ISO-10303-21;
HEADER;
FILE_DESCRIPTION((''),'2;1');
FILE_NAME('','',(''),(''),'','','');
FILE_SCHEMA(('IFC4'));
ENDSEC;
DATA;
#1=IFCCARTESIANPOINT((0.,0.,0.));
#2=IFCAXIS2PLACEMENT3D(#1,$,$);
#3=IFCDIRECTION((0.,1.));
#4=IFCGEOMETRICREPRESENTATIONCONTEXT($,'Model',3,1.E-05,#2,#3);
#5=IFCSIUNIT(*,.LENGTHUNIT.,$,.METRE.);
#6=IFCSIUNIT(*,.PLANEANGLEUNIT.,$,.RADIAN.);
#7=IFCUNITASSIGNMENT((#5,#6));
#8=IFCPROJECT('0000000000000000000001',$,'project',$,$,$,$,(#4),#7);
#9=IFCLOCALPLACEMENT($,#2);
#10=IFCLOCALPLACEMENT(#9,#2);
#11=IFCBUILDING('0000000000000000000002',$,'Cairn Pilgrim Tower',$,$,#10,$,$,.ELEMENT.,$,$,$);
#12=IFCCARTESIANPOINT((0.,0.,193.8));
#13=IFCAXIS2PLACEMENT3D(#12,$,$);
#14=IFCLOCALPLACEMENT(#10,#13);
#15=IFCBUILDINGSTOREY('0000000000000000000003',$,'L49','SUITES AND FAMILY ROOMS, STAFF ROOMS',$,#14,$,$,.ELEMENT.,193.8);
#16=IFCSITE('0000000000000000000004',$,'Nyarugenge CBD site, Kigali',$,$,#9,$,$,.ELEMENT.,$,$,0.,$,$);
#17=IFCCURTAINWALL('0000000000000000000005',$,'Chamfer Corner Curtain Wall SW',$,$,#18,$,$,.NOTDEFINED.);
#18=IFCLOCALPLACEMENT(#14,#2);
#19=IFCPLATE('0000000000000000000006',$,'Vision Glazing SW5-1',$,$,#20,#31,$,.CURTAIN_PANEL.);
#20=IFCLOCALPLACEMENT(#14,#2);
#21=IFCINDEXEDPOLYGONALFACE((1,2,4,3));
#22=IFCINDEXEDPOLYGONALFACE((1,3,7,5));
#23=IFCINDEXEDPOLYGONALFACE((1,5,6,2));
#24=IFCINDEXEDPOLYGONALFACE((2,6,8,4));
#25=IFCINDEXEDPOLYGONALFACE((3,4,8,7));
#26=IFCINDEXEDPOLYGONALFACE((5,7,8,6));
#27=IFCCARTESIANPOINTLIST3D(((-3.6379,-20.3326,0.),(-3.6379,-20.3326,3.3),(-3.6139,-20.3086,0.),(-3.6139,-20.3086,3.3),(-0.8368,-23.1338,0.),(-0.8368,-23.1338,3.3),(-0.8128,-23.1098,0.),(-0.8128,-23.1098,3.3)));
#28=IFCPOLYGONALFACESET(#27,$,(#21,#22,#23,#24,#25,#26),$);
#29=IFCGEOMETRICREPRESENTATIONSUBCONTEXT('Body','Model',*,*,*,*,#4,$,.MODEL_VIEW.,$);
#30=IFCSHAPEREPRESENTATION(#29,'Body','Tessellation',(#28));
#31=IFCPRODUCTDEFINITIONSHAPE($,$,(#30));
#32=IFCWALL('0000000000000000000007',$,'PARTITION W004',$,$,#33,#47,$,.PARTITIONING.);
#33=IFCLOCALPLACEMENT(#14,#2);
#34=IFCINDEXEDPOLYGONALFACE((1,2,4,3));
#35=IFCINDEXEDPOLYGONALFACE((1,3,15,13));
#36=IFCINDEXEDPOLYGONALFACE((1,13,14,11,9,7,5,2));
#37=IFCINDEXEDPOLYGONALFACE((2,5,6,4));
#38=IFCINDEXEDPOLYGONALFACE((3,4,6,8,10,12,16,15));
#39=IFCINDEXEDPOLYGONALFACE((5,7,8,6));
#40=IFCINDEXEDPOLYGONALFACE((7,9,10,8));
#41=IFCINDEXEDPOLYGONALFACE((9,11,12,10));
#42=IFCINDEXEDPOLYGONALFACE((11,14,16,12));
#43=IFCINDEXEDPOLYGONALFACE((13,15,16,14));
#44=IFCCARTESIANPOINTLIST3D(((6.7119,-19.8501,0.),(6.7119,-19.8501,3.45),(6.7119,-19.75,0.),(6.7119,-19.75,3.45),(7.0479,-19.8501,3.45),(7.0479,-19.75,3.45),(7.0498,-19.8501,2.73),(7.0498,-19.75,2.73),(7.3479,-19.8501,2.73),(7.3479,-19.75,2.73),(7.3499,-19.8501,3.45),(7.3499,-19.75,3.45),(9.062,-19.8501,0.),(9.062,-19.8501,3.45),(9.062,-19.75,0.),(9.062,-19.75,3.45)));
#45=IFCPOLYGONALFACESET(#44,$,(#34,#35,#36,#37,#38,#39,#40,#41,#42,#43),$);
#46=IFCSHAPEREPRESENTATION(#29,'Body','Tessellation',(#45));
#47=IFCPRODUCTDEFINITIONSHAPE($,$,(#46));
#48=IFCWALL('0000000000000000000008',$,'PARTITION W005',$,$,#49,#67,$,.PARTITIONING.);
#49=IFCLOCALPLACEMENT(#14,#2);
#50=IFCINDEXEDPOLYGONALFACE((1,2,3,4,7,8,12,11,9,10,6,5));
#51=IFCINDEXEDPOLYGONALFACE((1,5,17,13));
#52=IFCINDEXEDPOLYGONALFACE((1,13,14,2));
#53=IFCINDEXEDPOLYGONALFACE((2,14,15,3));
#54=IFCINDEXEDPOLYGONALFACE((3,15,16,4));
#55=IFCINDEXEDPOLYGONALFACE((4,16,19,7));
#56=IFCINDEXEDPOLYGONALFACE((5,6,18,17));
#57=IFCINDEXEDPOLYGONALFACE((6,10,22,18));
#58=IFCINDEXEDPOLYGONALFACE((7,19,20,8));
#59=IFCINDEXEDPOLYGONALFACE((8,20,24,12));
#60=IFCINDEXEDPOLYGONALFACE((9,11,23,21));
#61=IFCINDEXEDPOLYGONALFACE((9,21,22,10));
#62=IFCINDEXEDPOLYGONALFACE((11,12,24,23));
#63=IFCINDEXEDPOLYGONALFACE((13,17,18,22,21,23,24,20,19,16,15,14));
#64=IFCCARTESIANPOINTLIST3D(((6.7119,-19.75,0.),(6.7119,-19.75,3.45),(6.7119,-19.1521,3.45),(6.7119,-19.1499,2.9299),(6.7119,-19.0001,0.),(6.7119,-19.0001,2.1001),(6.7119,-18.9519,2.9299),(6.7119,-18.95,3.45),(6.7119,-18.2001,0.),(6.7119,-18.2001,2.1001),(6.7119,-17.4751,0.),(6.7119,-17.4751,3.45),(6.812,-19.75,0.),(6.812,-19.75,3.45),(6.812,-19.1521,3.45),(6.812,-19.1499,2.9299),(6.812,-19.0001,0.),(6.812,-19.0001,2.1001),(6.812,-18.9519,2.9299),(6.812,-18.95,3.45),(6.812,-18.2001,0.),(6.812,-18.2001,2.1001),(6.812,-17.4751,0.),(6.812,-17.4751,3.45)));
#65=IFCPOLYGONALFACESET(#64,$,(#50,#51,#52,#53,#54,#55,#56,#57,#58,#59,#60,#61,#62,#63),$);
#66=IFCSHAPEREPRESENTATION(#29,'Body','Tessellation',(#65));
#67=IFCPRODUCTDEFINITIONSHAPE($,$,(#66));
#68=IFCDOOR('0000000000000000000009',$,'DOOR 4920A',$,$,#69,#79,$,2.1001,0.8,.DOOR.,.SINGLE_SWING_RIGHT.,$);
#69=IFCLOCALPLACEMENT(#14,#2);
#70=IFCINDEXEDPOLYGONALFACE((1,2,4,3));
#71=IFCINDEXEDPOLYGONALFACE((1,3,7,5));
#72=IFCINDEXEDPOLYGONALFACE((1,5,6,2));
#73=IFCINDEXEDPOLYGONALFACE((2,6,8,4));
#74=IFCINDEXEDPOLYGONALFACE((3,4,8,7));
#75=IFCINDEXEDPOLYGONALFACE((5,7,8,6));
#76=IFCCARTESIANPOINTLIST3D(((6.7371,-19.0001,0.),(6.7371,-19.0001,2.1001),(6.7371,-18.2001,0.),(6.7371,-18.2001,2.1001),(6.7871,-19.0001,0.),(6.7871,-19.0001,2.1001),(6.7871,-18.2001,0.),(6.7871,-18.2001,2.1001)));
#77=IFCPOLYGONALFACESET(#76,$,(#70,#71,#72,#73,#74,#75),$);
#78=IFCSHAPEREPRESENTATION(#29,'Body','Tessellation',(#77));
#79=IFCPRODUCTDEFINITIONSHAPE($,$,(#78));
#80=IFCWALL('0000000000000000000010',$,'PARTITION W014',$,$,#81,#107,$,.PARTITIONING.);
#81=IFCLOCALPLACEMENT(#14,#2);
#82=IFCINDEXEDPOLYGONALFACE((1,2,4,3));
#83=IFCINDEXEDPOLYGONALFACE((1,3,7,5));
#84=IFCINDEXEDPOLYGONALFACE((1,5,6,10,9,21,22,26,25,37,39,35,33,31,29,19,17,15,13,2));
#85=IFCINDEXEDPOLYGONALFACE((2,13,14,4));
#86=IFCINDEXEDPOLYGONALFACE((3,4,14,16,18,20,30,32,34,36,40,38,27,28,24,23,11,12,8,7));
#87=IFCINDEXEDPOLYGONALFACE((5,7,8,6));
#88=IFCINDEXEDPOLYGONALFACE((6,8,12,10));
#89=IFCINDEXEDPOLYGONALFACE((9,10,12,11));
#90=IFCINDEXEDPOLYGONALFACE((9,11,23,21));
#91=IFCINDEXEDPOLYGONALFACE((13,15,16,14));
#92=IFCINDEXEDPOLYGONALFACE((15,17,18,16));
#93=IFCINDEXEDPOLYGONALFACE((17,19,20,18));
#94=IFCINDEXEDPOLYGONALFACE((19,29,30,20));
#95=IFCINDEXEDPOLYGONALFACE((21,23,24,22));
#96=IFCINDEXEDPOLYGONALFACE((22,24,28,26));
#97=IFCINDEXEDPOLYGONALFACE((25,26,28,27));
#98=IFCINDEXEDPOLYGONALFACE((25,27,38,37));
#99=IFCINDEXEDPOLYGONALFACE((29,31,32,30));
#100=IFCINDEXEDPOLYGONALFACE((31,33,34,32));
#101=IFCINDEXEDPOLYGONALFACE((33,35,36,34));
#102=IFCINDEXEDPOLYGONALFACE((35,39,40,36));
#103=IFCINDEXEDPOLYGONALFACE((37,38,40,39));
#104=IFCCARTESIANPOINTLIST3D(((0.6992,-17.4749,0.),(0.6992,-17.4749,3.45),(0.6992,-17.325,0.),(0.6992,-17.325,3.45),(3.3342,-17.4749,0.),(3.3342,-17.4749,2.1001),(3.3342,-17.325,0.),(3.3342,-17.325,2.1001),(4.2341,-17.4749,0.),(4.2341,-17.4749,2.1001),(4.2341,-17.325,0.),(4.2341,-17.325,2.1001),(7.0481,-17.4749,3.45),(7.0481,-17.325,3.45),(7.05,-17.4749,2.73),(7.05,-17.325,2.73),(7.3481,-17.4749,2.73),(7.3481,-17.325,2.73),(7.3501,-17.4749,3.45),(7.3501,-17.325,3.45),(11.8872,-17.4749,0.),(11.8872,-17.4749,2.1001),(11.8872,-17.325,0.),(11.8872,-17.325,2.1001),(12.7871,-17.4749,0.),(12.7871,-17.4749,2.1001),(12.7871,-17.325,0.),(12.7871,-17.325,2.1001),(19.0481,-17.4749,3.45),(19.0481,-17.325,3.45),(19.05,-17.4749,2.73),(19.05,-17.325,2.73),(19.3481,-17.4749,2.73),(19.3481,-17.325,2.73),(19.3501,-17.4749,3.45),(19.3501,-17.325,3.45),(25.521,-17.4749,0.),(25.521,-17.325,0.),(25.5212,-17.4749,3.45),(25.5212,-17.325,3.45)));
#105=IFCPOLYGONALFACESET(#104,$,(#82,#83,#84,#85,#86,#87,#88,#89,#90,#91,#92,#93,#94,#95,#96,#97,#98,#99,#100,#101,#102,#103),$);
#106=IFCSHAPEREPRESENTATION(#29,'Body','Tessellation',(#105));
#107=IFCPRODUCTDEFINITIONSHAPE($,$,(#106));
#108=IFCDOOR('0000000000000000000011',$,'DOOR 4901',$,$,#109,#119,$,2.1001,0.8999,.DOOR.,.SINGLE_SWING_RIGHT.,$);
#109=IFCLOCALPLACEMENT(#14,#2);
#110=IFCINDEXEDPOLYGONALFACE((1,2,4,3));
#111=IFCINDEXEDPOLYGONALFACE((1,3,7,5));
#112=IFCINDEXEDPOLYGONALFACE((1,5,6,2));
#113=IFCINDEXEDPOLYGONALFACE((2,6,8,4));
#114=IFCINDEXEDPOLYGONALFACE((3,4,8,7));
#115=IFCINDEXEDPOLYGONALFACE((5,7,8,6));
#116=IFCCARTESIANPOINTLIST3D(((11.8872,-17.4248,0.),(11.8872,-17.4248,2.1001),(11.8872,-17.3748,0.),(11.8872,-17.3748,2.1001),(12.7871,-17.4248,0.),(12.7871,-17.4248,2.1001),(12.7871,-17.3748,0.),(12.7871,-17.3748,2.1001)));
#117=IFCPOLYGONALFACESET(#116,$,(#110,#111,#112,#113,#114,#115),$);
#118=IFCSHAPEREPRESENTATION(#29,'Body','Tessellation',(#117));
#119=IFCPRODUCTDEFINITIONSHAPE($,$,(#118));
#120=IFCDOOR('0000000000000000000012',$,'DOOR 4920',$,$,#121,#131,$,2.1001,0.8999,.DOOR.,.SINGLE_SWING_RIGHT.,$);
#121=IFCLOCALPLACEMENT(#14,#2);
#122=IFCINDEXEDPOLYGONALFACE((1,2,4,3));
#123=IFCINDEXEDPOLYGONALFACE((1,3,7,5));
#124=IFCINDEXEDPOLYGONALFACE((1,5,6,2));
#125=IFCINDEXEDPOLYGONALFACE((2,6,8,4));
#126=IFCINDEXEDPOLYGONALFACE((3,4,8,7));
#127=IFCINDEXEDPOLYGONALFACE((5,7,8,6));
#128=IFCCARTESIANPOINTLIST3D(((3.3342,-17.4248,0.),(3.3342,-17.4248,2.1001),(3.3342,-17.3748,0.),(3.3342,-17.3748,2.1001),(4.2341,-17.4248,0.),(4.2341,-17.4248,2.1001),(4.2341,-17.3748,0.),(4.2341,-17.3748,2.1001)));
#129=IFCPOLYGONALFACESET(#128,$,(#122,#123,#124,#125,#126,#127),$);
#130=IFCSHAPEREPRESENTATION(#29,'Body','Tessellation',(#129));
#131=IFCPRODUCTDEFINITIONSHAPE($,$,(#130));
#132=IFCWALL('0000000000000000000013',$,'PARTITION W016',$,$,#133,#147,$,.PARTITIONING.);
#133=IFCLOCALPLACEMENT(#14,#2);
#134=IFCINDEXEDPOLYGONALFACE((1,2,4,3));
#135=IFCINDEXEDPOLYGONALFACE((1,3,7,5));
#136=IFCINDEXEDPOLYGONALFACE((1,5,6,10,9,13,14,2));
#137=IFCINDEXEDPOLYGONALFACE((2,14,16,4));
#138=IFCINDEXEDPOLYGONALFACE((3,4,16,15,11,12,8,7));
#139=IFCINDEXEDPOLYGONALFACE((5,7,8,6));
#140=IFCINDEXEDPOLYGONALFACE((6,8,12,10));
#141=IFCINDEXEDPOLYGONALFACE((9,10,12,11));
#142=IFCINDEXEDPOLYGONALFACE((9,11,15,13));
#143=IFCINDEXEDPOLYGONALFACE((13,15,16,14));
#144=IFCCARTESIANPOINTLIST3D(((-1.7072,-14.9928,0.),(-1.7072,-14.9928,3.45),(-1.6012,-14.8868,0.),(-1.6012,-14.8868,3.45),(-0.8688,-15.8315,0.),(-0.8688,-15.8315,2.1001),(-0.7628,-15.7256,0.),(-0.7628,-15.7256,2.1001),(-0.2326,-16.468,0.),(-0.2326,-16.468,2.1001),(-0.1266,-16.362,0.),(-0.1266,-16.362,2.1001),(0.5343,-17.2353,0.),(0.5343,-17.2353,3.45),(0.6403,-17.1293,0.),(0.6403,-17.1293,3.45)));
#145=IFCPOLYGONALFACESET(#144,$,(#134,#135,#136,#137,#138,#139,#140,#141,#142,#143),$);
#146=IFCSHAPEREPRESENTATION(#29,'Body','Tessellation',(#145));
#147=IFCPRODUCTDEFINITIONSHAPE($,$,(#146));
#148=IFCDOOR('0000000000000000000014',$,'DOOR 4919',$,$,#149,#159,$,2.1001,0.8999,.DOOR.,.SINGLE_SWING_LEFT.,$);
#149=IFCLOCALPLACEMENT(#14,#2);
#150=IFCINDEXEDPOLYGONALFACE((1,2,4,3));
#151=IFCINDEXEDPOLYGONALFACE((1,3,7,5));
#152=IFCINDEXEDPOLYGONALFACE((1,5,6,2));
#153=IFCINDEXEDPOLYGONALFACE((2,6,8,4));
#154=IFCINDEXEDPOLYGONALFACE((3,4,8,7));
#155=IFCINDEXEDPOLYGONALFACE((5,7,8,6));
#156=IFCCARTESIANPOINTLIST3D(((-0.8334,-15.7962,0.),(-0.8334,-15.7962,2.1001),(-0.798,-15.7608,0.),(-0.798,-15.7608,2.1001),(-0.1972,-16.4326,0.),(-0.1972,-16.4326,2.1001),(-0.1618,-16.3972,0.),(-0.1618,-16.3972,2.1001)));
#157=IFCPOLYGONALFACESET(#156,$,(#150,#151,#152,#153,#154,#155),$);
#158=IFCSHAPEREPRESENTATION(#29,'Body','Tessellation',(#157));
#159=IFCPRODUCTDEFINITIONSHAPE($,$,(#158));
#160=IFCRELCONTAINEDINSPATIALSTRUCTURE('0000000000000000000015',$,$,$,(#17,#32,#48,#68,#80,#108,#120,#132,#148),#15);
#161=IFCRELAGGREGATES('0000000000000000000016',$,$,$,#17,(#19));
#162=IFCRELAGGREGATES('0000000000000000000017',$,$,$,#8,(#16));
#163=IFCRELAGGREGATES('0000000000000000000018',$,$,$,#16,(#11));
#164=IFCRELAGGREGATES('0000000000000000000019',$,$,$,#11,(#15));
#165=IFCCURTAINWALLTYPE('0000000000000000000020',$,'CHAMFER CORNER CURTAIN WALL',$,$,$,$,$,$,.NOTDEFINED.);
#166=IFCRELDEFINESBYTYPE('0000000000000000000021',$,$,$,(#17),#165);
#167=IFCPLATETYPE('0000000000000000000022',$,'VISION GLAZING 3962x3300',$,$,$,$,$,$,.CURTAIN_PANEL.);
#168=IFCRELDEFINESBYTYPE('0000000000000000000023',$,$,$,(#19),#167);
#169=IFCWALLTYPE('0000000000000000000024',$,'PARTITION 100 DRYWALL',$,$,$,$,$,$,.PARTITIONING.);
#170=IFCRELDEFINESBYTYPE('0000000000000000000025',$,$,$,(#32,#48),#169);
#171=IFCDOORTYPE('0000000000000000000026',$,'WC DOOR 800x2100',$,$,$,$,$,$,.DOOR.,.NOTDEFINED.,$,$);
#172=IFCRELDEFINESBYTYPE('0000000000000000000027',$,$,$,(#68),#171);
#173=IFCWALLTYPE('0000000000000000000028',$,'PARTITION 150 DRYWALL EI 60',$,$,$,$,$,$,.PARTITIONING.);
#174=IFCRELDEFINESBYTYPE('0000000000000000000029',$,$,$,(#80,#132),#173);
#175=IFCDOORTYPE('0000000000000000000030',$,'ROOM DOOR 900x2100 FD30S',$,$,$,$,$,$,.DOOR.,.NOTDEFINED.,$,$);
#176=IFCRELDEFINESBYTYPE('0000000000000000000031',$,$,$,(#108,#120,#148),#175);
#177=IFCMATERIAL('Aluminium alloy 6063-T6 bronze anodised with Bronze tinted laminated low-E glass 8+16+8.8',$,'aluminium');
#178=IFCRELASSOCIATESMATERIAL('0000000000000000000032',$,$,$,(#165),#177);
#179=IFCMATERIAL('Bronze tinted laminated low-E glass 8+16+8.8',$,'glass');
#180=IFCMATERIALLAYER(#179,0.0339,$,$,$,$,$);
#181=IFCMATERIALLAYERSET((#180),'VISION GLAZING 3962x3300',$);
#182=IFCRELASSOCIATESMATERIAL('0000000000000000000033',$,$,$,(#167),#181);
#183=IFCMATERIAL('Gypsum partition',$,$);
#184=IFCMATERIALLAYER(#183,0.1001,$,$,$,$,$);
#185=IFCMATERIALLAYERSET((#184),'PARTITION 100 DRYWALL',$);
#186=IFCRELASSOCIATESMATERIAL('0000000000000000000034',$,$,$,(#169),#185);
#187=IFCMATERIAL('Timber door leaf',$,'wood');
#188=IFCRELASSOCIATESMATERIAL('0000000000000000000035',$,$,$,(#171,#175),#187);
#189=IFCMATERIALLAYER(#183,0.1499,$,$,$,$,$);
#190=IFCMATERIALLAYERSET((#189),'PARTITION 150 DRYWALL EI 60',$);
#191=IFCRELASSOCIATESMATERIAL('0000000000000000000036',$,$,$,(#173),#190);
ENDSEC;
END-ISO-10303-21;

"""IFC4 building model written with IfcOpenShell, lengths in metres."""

from ifc_helpers import new_model, si_unit, direction, frame, frame_2d, origin, origin_2d, place, context, subcontext, project, spatial, polyline, rectangle, outline, extrude, material, layer, layer_set, type_object, element, fill, aggregate, save


model = new_model("IFC4")

# Units and contexts
model_context = context("Model", 3, precision=1e-05, world=origin(), true_north=direction((0.0, 1.0)))
body_context = subcontext(model_context, "Body", "Model", "MODEL_VIEW")
ifc_project = project(units=[si_unit("LENGTHUNIT", "METRE"), si_unit("PLANEANGLEUNIT", "RADIAN")], contexts=[model_context])

# Site, building, storey
site_placement = place(None, origin())
site = spatial("IfcSite", under=ifc_project, at=site_placement, Name="Nyarugenge CBD site, Kigali", CompositionType="ELEMENT", RefElevation=0.0)
building_placement = place(site_placement, origin())
building = spatial("IfcBuilding", under=site, at=building_placement, Name="Cairn Pilgrim Tower", CompositionType="ELEMENT")
storey_placement = place(building_placement, frame((0.0, 0.0, 193.8)))
storey = spatial("IfcBuildingStorey", under=building, at=storey_placement, Name="L49", Description="SUITES AND FAMILY ROOMS, STAFF ROOMS", CompositionType="ELEMENT", Elevation=193.8)

# Curtain wall, plate
ifc_material_1 = material(Name="Aluminium alloy 6063-T6 bronze anodised with Bronze tinted laminated low-E glass 8+16+8.8", Category="aluminium")
curtain_wall_type = type_object("IfcCurtainWallType", Name="CHAMFER CORNER CURTAIN WALL", PredefinedType="NOTDEFINED", material=ifc_material_1)
curtain_wall_placement = place(storey_placement, origin())
curtain_wall = element("IfcCurtainWall", 1, at=curtain_wall_placement, inside=storey, type_object=curtain_wall_type, Name="Chamfer Corner Curtain Wall SW", PredefinedType="NOTDEFINED")
ifc_material_2 = material(Name="Bronze tinted laminated low-E glass 8+16+8.8", Category="glass")
ifc_layer_1 = layer(ifc_material_2, 0.0339)
ifc_layer_set_1 = layer_set([ifc_layer_1], Name="VISION GLAZING 3962x3300")
plate_type = type_object("IfcPlateType", Name="VISION GLAZING 3962x3300", PredefinedType="CURTAIN_PANEL", material=ifc_layer_set_1)
plate_placement = place(storey_placement, frame((-2.2253, -21.7212, 0.0), z_axis=(0.0, 0.0, 1.0), x_axis=(0.707107, -0.707107, 0.0)))
plate = element("IfcPlate", 2, at=plate_placement, type_object=plate_type, Name="Vision Glazing SW5-1", PredefinedType="CURTAIN_PANEL", context=body_context, shape_type="SweptSolid", body=[
    extrude(rectangle(XDim=3.9614, YDim=0.0339, at=origin_2d()), origin(), (0.0, 0.0, 1.0), 3.3),
])
aggregate(curtain_wall, [plate])

# Wall
ifc_material_3 = material(Name="Gypsum partition")
ifc_layer_2 = layer(ifc_material_3, 0.1001)
ifc_layer_set_2 = layer_set([ifc_layer_2], Name="PARTITION 100 DRYWALL")
wall_type_1 = type_object("IfcWallType", Name="PARTITION 100 DRYWALL", PredefinedType="PARTITIONING", material=ifc_layer_set_2)
wall_1_placement = place(storey_placement, frame((6.7119, -19.8, 0.0), z_axis=(0.0, 0.0, 1.0), x_axis=(1.0, 0.0, 0.0)))
element("IfcWall", 3, at=wall_1_placement, inside=storey, type_object=wall_type_1, Name="PARTITION W004", PredefinedType="PARTITIONING", context=body_context, shape_type="SweptSolid", body=[
    extrude(outline(polyline([(0.0, 0.0), (2.3501, 0.0), (2.3501, 3.45), (0.6379, 3.45), (0.636, 2.73), (0.3379, 2.73), (0.3359, 3.45), (0.0, 3.45), (0.0, 0.0)])), frame((0.0, 0.05, 0.0), z_axis=(0.0, -1.0, 0.0), x_axis=(1.0, 0.0, 0.0)), (0.0, 0.0, 1.0), 0.1001),
])

# Wall, opening, door
wall_2_placement = place(storey_placement, frame((6.762, -19.75, 0.0), z_axis=(0.0, 0.0, 1.0), x_axis=(0.0, 1.0, 0.0)))
wall_2 = element("IfcWall", 4, at=wall_2_placement, inside=storey, type_object=wall_type_1, Name="PARTITION W005", PredefinedType="PARTITIONING", context=body_context, shape_type="SweptSolid", body=[
    extrude(outline(polyline([(0.0, 0.0), (2.2749, 0.0), (2.2749, 3.45), (0.8, 3.45), (0.7981, 2.9299), (0.6001, 2.9299), (0.5979, 3.45), (0.0, 3.45), (0.0, 0.0)])), frame((0.0, 0.05, 0.0), z_axis=(0.0, -1.0, 0.0), x_axis=(1.0, 0.0, 0.0)), (0.0, 0.0, 1.0), 0.1001),
])
opening_1_placement = place(wall_2_placement, frame((0.75, 0.0, 0.0)))
opening_1 = element("IfcOpeningElement", 5, at=opening_1_placement, cuts=wall_2, PredefinedType="OPENING", context=body_context, shape_type="SweptSolid", body=[
    extrude(rectangle(XDim=0.8, YDim=2.1001, at=frame_2d((0.3999, 1.05))), frame((0.0, 0.0601, 0.0), z_axis=(0.0, -1.0, 0.0), x_axis=(1.0, 0.0, 0.0)), (0.0, 0.0, 1.0), 0.1201),
])
ifc_material_4 = material(Name="Timber door leaf", Category="wood")
door_type_1 = type_object("IfcDoorType", Name="WC DOOR 800x2100", OperationType="NOTDEFINED", PredefinedType="DOOR", material=ifc_material_4)
door_1_placement = place(opening_1_placement, origin())
door_1 = element("IfcDoor", 6, at=door_1_placement, inside=storey, type_object=door_type_1, Name="DOOR 4920A", OperationType="SINGLE_SWING_RIGHT", OverallHeight=2.1001, OverallWidth=0.8, PredefinedType="DOOR", context=body_context, shape_type="SweptSolid", body=[
    extrude(rectangle(XDim=0.8, YDim=2.1001, at=frame_2d((0.3999, 1.05))), frame((0.0, 0.0249, 0.0), z_axis=(0.0, -1.0, 0.0), x_axis=(1.0, 0.0, 0.0)), (0.0, 0.0, 1.0), 0.05),
])
fill(opening_1, door_1)

# Wall, openings, doors
ifc_layer_3 = layer(ifc_material_3, 0.1499)
ifc_layer_set_3 = layer_set([ifc_layer_3], Name="PARTITION 150 DRYWALL EI 60")
wall_type_2 = type_object("IfcWallType", Name="PARTITION 150 DRYWALL EI 60", PredefinedType="PARTITIONING", material=ifc_layer_set_3)
wall_3_placement = place(storey_placement, frame((0.6992, -17.3999, 0.0), z_axis=(0.0, 0.0, 1.0), x_axis=(1.0, 0.0, 0.0)))
wall_3 = element("IfcWall", 7, at=wall_3_placement, inside=storey, type_object=wall_type_2, Name="PARTITION W014", PredefinedType="PARTITIONING", context=body_context, shape_type="SweptSolid", body=[
    extrude(outline(polyline([(0.0, 0.0), (24.8218, 0.0), (24.822, 3.45), (18.6509, 3.45), (18.6489, 2.73), (18.3508, 2.73), (18.3489, 3.45), (6.6509, 3.45), (6.6489, 2.73), (6.3508, 2.73), (6.3489, 3.45), (0.0, 3.45), (0.0, 0.0)])), frame((0.0, 0.075, 0.0), z_axis=(0.0, -1.0, 0.0), x_axis=(1.0, 0.0, 0.0)), (0.0, 0.0, 1.0), 0.1499),
])
opening_2_placement = place(wall_3_placement, frame((11.188, 0.0, 0.0)))
opening_2 = element("IfcOpeningElement", 8, at=opening_2_placement, cuts=wall_3, PredefinedType="OPENING", context=body_context, shape_type="SweptSolid", body=[
    extrude(rectangle(XDim=0.8999, YDim=2.1001, at=frame_2d((0.45, 1.05))), frame((0.0, 0.085, 0.0), z_axis=(0.0, -1.0, 0.0), x_axis=(1.0, 0.0, 0.0)), (0.0, 0.0, 1.0), 0.1699),
])
opening_3_placement = place(wall_3_placement, frame((2.635, 0.0, 0.0)))
opening_3 = element("IfcOpeningElement", 9, at=opening_3_placement, cuts=wall_3, PredefinedType="OPENING", context=body_context, shape_type="SweptSolid", body=[
    extrude(rectangle(XDim=0.8999, YDim=2.1001, at=frame_2d((0.45, 1.05))), frame((0.0, 0.085, 0.0), z_axis=(0.0, -1.0, 0.0), x_axis=(1.0, 0.0, 0.0)), (0.0, 0.0, 1.0), 0.1699),
])
door_type_2 = type_object("IfcDoorType", Name="ROOM DOOR 900x2100 FD30S", OperationType="NOTDEFINED", PredefinedType="DOOR", material=ifc_material_4)
door_2_placement = place(opening_2_placement, frame((0.8999, 0.0, 0.0), z_axis=(0.0, 0.0, 1.0), x_axis=(-1.0, 0.0, 0.0)))
door_2 = element("IfcDoor", 10, at=door_2_placement, inside=storey, type_object=door_type_2, Name="DOOR 4901", OperationType="SINGLE_SWING_RIGHT", OverallHeight=2.1001, OverallWidth=0.8999, PredefinedType="DOOR", context=body_context, shape_type="SweptSolid", body=[
    extrude(rectangle(XDim=0.8999, YDim=2.1001, at=frame_2d((0.45, 1.05))), frame((0.0, 0.0249, 0.0), z_axis=(0.0, -1.0, 0.0), x_axis=(1.0, 0.0, 0.0)), (0.0, 0.0, 1.0), 0.05),
])
fill(opening_2, door_2)
door_3_placement = place(opening_3_placement, frame((0.8999, 0.0, 0.0), z_axis=(0.0, 0.0, 1.0), x_axis=(-1.0, 0.0, 0.0)))
door_3 = element("IfcDoor", 11, at=door_3_placement, inside=storey, type_object=door_type_2, Name="DOOR 4920", OperationType="SINGLE_SWING_RIGHT", OverallHeight=2.1001, OverallWidth=0.8999, PredefinedType="DOOR", context=body_context, shape_type="SweptSolid", body=[
    extrude(rectangle(XDim=0.8999, YDim=2.1001, at=frame_2d((0.45, 1.05))), frame((0.0, 0.0249, 0.0), z_axis=(0.0, -1.0, 0.0), x_axis=(1.0, 0.0, 0.0)), (0.0, 0.0, 1.0), 0.05),
])
fill(opening_3, door_3)

# Wall, opening, door
wall_4_placement = place(storey_placement, frame((0.5874, -17.1824, 0.0), z_axis=(0.0, 0.0, 1.0), x_axis=(-0.706953, 0.707261, 0.0)))
wall_4 = element("IfcWall", 12, at=wall_4_placement, inside=storey, type_object=wall_type_2, Name="PARTITION W016", PredefinedType="PARTITIONING", context=body_context, shape_type="SweptSolid", body=[
    extrude(rectangle(XDim=3.1707, YDim=0.1499, at=frame_2d((1.5854, 0.0))), origin(), (0.0, 0.0, 1.0), 3.45),
])
opening_4_placement = place(wall_4_placement, frame((1.085, 0.0, 0.0)))
opening_4 = element("IfcOpeningElement", 13, at=opening_4_placement, cuts=wall_4, PredefinedType="OPENING", context=body_context, shape_type="SweptSolid", body=[
    extrude(rectangle(XDim=0.8999, YDim=2.1001, at=frame_2d((0.45, 1.05))), frame((0.0, 0.085, 0.0), z_axis=(0.0, -1.0, 0.0), x_axis=(1.0, 0.0, 0.0)), (0.0, 0.0, 1.0), 0.1699),
])
door_4_placement = place(opening_4_placement, origin())
door_4 = element("IfcDoor", 14, at=door_4_placement, inside=storey, type_object=door_type_2, Name="DOOR 4919", OperationType="SINGLE_SWING_LEFT", OverallHeight=2.1001, OverallWidth=0.8999, PredefinedType="DOOR", context=body_context, shape_type="SweptSolid", body=[
    extrude(rectangle(XDim=0.8999, YDim=2.1001, at=frame_2d((0.45, 1.05))), frame((0.0, 0.0249, 0.0), z_axis=(0.0, -1.0, 0.0), x_axis=(1.0, 0.0, 0.0)), (0.0, 0.0, 1.0), 0.05),
])
fill(opening_4, door_4)

save(model, "model.ifc")
